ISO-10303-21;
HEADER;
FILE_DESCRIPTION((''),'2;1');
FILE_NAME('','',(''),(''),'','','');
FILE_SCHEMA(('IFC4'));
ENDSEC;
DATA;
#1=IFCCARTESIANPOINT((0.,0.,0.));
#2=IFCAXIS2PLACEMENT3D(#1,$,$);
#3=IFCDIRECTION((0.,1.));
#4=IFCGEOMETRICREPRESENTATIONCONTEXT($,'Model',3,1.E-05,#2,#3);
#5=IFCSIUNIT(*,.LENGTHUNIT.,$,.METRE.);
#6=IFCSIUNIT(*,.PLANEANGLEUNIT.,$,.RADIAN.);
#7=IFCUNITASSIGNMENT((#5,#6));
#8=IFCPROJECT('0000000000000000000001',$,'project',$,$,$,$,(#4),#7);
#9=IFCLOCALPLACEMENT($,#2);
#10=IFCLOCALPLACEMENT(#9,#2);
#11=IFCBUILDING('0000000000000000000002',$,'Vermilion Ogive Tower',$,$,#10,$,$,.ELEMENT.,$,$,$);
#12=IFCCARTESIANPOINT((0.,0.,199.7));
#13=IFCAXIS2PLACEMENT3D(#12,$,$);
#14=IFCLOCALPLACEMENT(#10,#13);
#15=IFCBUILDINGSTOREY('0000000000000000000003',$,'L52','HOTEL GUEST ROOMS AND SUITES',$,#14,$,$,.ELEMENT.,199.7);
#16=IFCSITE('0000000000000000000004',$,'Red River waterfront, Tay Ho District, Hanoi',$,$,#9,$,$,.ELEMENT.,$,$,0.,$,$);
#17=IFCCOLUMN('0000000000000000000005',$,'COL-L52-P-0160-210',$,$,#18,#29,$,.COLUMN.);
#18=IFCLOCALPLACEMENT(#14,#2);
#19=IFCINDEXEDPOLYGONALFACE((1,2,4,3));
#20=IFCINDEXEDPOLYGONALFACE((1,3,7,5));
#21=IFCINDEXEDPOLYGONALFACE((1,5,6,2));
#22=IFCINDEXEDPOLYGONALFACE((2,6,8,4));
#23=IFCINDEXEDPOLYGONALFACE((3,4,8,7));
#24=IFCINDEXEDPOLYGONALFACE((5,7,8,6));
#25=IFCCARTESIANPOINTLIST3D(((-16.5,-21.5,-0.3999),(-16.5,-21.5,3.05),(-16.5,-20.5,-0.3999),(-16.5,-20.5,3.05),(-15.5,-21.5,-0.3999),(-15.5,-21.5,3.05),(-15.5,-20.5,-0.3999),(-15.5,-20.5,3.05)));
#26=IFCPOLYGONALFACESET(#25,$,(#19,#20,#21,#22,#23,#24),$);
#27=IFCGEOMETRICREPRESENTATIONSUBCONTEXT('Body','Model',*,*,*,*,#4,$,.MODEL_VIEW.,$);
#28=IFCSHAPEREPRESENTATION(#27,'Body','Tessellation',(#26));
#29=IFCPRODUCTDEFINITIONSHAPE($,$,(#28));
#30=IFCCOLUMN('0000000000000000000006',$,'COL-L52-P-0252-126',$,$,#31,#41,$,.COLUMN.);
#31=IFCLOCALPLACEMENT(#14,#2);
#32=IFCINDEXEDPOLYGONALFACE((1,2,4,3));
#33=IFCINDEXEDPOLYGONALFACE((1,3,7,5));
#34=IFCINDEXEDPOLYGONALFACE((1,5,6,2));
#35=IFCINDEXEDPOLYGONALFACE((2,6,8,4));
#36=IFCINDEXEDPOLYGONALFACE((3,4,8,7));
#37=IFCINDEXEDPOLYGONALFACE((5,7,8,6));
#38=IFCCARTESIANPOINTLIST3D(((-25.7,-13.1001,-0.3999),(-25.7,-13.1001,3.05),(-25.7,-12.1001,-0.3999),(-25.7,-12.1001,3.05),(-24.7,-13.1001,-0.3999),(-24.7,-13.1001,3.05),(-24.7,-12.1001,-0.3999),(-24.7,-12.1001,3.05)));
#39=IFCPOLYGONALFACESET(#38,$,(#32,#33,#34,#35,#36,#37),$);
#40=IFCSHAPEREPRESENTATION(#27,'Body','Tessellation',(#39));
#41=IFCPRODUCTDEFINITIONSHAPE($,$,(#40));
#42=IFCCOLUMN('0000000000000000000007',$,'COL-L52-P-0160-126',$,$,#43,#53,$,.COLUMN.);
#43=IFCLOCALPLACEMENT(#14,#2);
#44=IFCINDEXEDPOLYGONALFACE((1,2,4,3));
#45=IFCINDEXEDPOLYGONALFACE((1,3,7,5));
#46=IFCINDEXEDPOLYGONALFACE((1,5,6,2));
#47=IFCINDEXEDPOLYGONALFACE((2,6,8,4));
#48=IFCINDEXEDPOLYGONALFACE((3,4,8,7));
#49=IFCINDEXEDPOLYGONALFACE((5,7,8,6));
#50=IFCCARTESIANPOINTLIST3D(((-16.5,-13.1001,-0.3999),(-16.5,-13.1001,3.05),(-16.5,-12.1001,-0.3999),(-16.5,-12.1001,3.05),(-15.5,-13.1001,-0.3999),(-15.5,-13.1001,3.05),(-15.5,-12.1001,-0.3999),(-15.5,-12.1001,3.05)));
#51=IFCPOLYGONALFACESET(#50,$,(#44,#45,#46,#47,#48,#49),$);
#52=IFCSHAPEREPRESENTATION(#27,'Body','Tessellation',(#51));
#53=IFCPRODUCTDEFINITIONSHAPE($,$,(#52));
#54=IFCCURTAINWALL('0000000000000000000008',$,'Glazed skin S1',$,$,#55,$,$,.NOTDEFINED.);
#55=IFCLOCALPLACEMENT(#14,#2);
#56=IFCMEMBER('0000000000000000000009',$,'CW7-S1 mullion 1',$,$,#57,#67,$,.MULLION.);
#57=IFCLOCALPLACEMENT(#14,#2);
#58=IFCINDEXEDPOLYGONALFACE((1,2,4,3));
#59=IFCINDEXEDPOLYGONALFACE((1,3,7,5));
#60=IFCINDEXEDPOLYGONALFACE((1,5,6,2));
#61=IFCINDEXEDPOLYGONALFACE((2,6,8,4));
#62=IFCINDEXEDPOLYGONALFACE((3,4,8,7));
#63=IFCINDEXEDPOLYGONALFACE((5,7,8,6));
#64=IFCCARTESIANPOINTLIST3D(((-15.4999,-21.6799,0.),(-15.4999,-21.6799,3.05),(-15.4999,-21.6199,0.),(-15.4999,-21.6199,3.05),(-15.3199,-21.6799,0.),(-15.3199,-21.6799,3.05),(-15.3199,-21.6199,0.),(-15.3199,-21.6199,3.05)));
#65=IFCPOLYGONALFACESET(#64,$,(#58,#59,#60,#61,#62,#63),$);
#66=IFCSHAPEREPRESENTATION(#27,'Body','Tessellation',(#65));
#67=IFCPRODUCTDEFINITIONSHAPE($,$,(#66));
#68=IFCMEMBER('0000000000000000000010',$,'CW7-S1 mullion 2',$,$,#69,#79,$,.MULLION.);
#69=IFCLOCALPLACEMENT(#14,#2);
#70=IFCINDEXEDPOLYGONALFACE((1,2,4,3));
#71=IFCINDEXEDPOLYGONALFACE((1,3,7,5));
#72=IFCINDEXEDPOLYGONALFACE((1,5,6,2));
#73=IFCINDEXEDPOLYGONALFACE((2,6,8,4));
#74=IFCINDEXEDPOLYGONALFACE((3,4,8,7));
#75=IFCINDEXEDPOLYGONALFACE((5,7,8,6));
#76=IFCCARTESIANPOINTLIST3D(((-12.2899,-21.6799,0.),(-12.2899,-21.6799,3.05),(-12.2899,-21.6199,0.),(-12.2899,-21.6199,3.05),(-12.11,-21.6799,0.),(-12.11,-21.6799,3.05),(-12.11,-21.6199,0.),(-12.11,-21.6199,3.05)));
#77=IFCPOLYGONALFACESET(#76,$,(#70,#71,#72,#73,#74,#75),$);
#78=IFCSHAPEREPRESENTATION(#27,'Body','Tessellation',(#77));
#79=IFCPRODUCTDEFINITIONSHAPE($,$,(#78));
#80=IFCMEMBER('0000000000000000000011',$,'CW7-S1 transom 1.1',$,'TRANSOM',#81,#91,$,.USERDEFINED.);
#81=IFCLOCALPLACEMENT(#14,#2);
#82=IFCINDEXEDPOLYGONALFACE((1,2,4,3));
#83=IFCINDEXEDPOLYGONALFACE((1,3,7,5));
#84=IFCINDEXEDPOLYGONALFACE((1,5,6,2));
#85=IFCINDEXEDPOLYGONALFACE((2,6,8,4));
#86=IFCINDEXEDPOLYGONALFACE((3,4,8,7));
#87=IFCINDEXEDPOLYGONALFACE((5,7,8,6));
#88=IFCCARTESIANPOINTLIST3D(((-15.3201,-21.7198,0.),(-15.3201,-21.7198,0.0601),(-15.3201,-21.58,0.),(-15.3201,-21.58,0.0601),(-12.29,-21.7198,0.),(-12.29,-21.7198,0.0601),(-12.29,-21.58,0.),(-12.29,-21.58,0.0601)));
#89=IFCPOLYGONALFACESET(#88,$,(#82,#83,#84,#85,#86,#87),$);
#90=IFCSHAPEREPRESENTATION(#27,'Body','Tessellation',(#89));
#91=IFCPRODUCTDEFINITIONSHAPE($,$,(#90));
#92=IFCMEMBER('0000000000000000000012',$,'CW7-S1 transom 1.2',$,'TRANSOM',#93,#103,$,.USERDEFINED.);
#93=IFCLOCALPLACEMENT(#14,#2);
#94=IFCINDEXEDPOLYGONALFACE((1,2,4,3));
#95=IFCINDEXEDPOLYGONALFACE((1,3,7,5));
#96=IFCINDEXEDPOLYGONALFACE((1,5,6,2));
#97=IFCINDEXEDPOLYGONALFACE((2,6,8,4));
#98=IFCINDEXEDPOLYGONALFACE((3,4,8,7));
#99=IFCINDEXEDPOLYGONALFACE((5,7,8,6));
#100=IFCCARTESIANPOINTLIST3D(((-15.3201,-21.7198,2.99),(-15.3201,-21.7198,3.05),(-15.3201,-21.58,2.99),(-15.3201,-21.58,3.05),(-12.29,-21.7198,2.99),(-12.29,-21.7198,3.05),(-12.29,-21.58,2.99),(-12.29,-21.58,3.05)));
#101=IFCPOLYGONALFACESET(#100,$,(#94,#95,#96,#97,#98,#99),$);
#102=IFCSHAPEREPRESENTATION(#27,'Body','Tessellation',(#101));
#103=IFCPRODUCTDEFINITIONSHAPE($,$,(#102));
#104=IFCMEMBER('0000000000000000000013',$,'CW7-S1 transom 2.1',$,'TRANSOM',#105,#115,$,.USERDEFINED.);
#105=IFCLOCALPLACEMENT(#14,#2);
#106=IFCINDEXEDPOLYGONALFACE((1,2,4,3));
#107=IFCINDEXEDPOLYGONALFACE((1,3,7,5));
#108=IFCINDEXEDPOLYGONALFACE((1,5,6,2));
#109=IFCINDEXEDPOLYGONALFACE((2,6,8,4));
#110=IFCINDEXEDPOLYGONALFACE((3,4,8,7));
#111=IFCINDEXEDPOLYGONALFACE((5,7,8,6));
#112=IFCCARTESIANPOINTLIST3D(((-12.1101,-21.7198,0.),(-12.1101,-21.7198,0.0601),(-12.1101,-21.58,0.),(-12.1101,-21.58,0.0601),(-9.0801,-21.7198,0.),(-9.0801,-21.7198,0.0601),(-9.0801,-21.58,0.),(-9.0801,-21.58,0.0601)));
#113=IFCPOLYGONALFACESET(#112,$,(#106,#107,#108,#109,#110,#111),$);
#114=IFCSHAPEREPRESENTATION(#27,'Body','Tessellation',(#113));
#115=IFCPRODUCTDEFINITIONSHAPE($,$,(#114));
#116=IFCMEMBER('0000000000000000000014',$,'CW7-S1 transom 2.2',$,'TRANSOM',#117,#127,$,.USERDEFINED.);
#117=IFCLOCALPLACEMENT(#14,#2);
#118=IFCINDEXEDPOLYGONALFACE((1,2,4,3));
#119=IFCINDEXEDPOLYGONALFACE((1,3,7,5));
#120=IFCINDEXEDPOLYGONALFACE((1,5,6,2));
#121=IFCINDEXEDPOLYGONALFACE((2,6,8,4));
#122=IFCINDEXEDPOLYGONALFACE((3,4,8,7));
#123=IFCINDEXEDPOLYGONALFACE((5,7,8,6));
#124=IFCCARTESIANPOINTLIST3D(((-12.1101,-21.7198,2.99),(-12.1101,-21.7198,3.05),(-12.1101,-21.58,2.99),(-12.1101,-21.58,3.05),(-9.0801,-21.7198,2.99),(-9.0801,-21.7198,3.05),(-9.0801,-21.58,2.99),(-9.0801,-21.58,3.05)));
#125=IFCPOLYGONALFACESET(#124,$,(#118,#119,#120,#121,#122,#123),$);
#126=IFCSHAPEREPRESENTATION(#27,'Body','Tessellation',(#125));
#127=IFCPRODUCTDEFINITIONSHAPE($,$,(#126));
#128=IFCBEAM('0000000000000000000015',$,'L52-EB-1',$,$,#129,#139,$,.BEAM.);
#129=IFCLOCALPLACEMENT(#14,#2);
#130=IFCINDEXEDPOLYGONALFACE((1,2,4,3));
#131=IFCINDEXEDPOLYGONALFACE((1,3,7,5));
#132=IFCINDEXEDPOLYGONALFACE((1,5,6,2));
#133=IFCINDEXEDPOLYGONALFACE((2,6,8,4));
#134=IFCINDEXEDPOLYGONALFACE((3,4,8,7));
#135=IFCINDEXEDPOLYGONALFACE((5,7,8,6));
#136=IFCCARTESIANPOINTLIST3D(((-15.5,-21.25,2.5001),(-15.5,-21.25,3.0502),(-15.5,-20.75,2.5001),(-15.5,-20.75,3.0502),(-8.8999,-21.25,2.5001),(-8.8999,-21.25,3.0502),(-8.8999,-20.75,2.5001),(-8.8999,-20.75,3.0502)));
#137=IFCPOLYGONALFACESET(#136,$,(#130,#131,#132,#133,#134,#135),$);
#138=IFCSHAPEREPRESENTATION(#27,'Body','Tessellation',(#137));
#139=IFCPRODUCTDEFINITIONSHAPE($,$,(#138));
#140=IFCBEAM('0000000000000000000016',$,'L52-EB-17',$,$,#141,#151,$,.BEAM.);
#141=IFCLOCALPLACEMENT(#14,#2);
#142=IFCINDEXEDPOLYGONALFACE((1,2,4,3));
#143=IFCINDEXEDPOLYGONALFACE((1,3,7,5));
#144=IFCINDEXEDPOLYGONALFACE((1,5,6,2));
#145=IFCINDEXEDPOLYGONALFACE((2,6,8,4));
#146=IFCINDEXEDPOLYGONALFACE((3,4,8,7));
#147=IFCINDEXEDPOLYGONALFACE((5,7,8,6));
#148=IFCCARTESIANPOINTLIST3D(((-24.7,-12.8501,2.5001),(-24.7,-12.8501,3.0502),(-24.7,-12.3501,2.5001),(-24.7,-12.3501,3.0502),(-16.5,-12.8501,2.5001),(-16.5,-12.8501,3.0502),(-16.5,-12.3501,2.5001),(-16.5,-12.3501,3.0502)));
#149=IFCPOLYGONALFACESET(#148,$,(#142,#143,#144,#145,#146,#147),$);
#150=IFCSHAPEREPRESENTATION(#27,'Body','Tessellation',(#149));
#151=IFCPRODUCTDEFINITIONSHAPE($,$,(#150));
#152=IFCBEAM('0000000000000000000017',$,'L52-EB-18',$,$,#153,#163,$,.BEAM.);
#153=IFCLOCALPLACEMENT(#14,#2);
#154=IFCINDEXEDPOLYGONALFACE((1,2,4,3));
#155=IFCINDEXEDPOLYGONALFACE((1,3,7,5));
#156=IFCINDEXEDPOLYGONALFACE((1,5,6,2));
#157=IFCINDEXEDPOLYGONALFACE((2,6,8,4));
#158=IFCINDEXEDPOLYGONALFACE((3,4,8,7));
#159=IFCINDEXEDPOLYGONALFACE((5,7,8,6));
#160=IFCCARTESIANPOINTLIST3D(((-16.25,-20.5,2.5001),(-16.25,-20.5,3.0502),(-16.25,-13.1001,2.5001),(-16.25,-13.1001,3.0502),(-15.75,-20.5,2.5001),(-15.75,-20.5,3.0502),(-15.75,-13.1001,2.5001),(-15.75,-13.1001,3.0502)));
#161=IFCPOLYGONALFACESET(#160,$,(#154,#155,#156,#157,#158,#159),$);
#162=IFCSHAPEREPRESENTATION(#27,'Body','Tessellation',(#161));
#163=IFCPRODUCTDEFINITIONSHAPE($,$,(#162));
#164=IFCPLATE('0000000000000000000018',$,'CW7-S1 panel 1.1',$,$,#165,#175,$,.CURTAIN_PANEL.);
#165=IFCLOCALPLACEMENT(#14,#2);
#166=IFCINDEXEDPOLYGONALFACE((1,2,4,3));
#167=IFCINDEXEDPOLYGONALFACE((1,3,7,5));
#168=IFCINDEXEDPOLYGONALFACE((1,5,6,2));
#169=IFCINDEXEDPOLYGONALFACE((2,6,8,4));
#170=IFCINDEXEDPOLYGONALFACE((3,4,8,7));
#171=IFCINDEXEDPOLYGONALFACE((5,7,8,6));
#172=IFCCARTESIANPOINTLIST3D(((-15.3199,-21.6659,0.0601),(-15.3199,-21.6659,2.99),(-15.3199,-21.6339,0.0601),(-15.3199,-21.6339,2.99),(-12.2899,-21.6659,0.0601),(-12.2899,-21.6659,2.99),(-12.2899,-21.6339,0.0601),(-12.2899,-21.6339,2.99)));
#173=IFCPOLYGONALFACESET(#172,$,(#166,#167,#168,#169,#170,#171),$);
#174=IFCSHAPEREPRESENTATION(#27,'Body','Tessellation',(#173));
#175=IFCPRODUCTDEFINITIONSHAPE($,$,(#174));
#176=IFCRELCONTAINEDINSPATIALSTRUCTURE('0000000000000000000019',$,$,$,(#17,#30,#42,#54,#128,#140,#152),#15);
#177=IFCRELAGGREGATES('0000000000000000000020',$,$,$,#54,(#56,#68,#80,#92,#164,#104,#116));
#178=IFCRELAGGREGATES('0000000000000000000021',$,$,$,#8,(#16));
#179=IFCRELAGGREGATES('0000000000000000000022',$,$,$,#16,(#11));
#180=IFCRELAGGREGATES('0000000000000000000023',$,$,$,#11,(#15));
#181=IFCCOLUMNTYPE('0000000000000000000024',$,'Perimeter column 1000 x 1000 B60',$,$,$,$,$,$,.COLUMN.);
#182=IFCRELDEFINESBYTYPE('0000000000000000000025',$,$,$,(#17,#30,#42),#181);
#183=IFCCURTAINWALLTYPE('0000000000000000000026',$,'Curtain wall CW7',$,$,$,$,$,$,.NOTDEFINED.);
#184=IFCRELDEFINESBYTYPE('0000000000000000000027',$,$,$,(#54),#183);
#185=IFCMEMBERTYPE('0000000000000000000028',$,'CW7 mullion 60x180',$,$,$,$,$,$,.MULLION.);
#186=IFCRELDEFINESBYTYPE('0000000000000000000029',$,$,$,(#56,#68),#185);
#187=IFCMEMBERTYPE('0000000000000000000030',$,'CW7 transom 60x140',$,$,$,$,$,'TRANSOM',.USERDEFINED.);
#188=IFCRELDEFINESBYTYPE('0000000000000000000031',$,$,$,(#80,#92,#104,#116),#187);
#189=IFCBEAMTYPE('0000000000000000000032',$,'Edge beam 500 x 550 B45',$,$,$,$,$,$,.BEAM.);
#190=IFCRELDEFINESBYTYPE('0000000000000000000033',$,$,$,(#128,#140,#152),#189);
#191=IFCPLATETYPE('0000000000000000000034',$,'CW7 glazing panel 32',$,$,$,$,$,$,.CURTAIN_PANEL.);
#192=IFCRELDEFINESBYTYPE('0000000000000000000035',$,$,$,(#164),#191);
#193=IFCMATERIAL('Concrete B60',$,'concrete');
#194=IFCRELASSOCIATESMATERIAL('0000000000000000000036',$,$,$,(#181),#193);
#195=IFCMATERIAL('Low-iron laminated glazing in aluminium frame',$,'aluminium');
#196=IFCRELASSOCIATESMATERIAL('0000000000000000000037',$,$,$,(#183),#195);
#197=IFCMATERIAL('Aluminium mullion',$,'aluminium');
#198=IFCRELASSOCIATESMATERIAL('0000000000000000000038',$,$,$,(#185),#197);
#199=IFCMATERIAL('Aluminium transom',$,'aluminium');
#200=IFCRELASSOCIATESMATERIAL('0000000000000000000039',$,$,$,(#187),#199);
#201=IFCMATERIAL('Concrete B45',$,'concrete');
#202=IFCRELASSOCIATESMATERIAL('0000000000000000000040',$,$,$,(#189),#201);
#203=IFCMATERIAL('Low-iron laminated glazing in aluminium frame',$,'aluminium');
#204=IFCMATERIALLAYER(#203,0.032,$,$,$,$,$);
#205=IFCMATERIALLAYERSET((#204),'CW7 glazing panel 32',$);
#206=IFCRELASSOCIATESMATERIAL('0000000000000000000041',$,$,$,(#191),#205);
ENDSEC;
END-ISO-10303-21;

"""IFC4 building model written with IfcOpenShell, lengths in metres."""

from ifc_helpers import new_model, si_unit, direction, frame, origin, origin_2d, place, context, subcontext, project, spatial, rectangle, extrude, material, layer, layer_set, material_profile, profile_set, type_object, element, aggregate, save


model = new_model("IFC4")

# Units and contexts
model_context = context("Model", 3, precision=1e-05, world=origin(), true_north=direction((0.0, 1.0)))
body_context = subcontext(model_context, "Body", "Model", "MODEL_VIEW")
ifc_project = project(units=[si_unit("LENGTHUNIT", "METRE"), si_unit("PLANEANGLEUNIT", "RADIAN")], contexts=[model_context])

# Site, building, storey
site_placement = place(None, origin())
site = spatial("IfcSite", under=ifc_project, at=site_placement, Name="Red River waterfront, Tay Ho District, Hanoi", CompositionType="ELEMENT", RefElevation=0.0)
building_placement = place(site_placement, origin())
building = spatial("IfcBuilding", under=site, at=building_placement, Name="Vermilion Ogive Tower", CompositionType="ELEMENT")
storey_placement = place(building_placement, frame((0.0, 0.0, 199.7)))
storey = spatial("IfcBuildingStorey", under=building, at=storey_placement, Name="L52", Description="HOTEL GUEST ROOMS AND SUITES", CompositionType="ELEMENT", Elevation=199.7)

# Columns
ifc_material_1 = material(Name="Concrete B60", Category="concrete")
ifc_material_profile_1 = material_profile(ifc_material_1, rectangle(XDim=1.0, YDim=1.0, at=origin_2d()), Name="1000 x 1000")
ifc_profile_set_1 = profile_set([ifc_material_profile_1], Name="Concrete B60")
column_type = type_object("IfcColumnType", Name="Perimeter column 1000 x 1000 B60", PredefinedType="COLUMN", material=ifc_profile_set_1)
for number, where, z_axis, x_axis, name in (
    (1, (-16.0, -21.0, -0.3999), (0.0, 0.0, 1.0), (1.0, 0.0, 0.0), "COL-L52-P-0160-210"),
    (2, (-25.2, -12.6001, -0.3999), (0.0, 0.0, 1.0), (1.0, 0.0, 0.0), "COL-L52-P-0252-126"),
    (3, (-16.0, -12.6001, -0.3999), (0.0, 0.0, 1.0), (1.0, 0.0, 0.0), "COL-L52-P-0160-126"),
):
    element("IfcColumn", number, at=place(storey_placement, frame(where, z_axis=z_axis, x_axis=x_axis)), inside=storey, type_object=column_type, Name=name, PredefinedType="COLUMN", context=body_context, shape_type="SweptSolid", body=[
        extrude(rectangle(XDim=1.0, YDim=1.0, at=origin_2d()), origin(), (0.0, 0.0, 1.0), 3.45),
    ])

# Curtain wall, members
ifc_material_2 = material(Name="Low-iron laminated glazing in aluminium frame", Category="aluminium")
curtain_wall_type = type_object("IfcCurtainWallType", Name="Curtain wall CW7", PredefinedType="NOTDEFINED", material=ifc_material_2)
curtain_wall_placement = place(storey_placement, origin())
curtain_wall = element("IfcCurtainWall", 4, at=curtain_wall_placement, inside=storey, type_object=curtain_wall_type, Name="Glazed skin S1", PredefinedType="NOTDEFINED")
ifc_material_3 = material(Name="Aluminium mullion", Category="aluminium")
ifc_material_profile_2 = material_profile(ifc_material_3, rectangle(XDim=0.0601, YDim=0.1799, at=origin_2d()), Name="AL 60x180")
ifc_profile_set_2 = profile_set([ifc_material_profile_2], Name="Aluminium mullion")
member_type_1 = type_object("IfcMemberType", Name="CW7 mullion 60x180", PredefinedType="MULLION", material=ifc_profile_set_2)
member_1_placement = place(storey_placement, frame((-15.4099, -21.6499, 0.0), z_axis=(0.0, 0.0, 1.0), x_axis=(0.0, 1.0, 0.0)))
member_1 = element("IfcMember", 5, at=member_1_placement, type_object=member_type_1, Name="CW7-S1 mullion 1", PredefinedType="MULLION", context=body_context, shape_type="SweptSolid", body=[
    extrude(rectangle(XDim=0.0601, YDim=0.1799, at=origin_2d()), origin(), (0.0, 0.0, 1.0), 3.05),
])
member_2_placement = place(storey_placement, frame((-12.2, -21.6499, 0.0), z_axis=(0.0, 0.0, 1.0), x_axis=(0.0, 1.0, 0.0)))
member_2 = element("IfcMember", 6, at=member_2_placement, type_object=member_type_1, Name="CW7-S1 mullion 2", PredefinedType="MULLION", context=body_context, shape_type="SweptSolid", body=[
    extrude(rectangle(XDim=0.0601, YDim=0.1799, at=origin_2d()), origin(), (0.0, 0.0, 1.0), 3.05),
])
ifc_material_4 = material(Name="Aluminium transom", Category="aluminium")
ifc_material_profile_3 = material_profile(ifc_material_4, rectangle(XDim=0.1399, YDim=0.0601, at=origin_2d()), Name="AL 60x140")
ifc_profile_set_3 = profile_set([ifc_material_profile_3], Name="Aluminium transom")
member_type_2 = type_object("IfcMemberType", Name="CW7 transom 60x140", ElementType="TRANSOM", PredefinedType="USERDEFINED", material=ifc_profile_set_3)
member_3_placement = place(storey_placement, frame((-15.3201, -21.6499, 0.03), z_axis=(1.0, 0.0, 0.0), x_axis=(0.0, 1.0, 0.0)))
member_3 = element("IfcMember", 7, at=member_3_placement, type_object=member_type_2, Name="CW7-S1 transom 1.1", ObjectType="TRANSOM", PredefinedType="USERDEFINED", context=body_context, shape_type="SweptSolid", body=[
    extrude(rectangle(XDim=0.1399, YDim=0.0601, at=origin_2d()), origin(), (0.0, 0.0, 1.0), 3.03),
])
member_4_placement = place(storey_placement, frame((-15.3201, -21.6499, 3.02), z_axis=(1.0, 0.0, 0.0), x_axis=(0.0, 1.0, 0.0)))
member_4 = element("IfcMember", 8, at=member_4_placement, type_object=member_type_2, Name="CW7-S1 transom 1.2", ObjectType="TRANSOM", PredefinedType="USERDEFINED", context=body_context, shape_type="SweptSolid", body=[
    extrude(rectangle(XDim=0.1399, YDim=0.0601, at=origin_2d()), origin(), (0.0, 0.0, 1.0), 3.03),
])
member_5_placement = place(storey_placement, frame((-12.1101, -21.6499, 0.03), z_axis=(1.0, 0.0, 0.0), x_axis=(0.0, 1.0, 0.0)))
member_5 = element("IfcMember", 9, at=member_5_placement, type_object=member_type_2, Name="CW7-S1 transom 2.1", ObjectType="TRANSOM", PredefinedType="USERDEFINED", context=body_context, shape_type="SweptSolid", body=[
    extrude(rectangle(XDim=0.1399, YDim=0.0601, at=origin_2d()), origin(), (0.0, 0.0, 1.0), 3.03),
])
member_6_placement = place(storey_placement, frame((-12.1101, -21.6499, 3.02), z_axis=(1.0, 0.0, 0.0), x_axis=(0.0, 1.0, 0.0)))
member_6 = element("IfcMember", 10, at=member_6_placement, type_object=member_type_2, Name="CW7-S1 transom 2.2", ObjectType="TRANSOM", PredefinedType="USERDEFINED", context=body_context, shape_type="SweptSolid", body=[
    extrude(rectangle(XDim=0.1399, YDim=0.0601, at=origin_2d()), origin(), (0.0, 0.0, 1.0), 3.03),
])

# Beams
ifc_material_5 = material(Name="Concrete B45", Category="concrete")
ifc_material_profile_4 = material_profile(ifc_material_5, rectangle(XDim=0.5, YDim=0.55, at=origin_2d()), Name="500 x 550")
ifc_profile_set_4 = profile_set([ifc_material_profile_4], Name="Concrete B45")
beam_type = type_object("IfcBeamType", Name="Edge beam 500 x 550 B45", PredefinedType="BEAM", material=ifc_profile_set_4)
beam_1_placement = place(storey_placement, frame((-15.5, -21.0, 2.7751), z_axis=(1.0, 0.0, 0.0), x_axis=(0.0, 1.0, 0.0)))
element("IfcBeam", 11, at=beam_1_placement, inside=storey, type_object=beam_type, Name="L52-EB-1", PredefinedType="BEAM", context=body_context, shape_type="SweptSolid", body=[
    extrude(rectangle(XDim=0.5, YDim=0.55, at=origin_2d()), origin(), (0.0, 0.0, 1.0), 6.6001),
])
beam_2_placement = place(storey_placement, frame((-24.7, -12.6001, 2.7751), z_axis=(1.0, 0.0, 0.0), x_axis=(0.0, 1.0, 0.0)))
element("IfcBeam", 12, at=beam_2_placement, inside=storey, type_object=beam_type, Name="L52-EB-17", PredefinedType="BEAM", context=body_context, shape_type="SweptSolid", body=[
    extrude(rectangle(XDim=0.5, YDim=0.55, at=origin_2d()), origin(), (0.0, 0.0, 1.0), 8.2),
])
beam_3_placement = place(storey_placement, frame((-16.0, -13.1001, 2.7751), z_axis=(0.0, -1.0, 0.0), x_axis=(1.0, 0.0, 0.0)))
element("IfcBeam", 13, at=beam_3_placement, inside=storey, type_object=beam_type, Name="L52-EB-18", PredefinedType="BEAM", context=body_context, shape_type="SweptSolid", body=[
    extrude(rectangle(XDim=0.5, YDim=0.55, at=origin_2d()), origin(), (0.0, 0.0, 1.0), 7.3999),
])

# Plate
ifc_material_6 = material(Name="Low-iron laminated glazing in aluminium frame", Category="aluminium")
ifc_layer_1 = layer(ifc_material_6, 0.032)
ifc_layer_set_1 = layer_set([ifc_layer_1], Name="CW7 glazing panel 32")
plate_type = type_object("IfcPlateType", Name="CW7 glazing panel 32", PredefinedType="CURTAIN_PANEL", material=ifc_layer_set_1)
plate_placement = place(storey_placement, frame((-13.8049, -21.6499, 0.0601), z_axis=(0.0, 0.0, 1.0), x_axis=(1.0, 0.0, 0.0)))
plate = element("IfcPlate", 14, at=plate_placement, type_object=plate_type, Name="CW7-S1 panel 1.1", PredefinedType="CURTAIN_PANEL", context=body_context, shape_type="SweptSolid", body=[
    extrude(rectangle(XDim=3.03, YDim=0.032, at=origin_2d()), origin(), (0.0, 0.0, 1.0), 2.9299),
])
aggregate(curtain_wall, [member_1, member_2, member_3, member_4, plate, member_5, member_6])

save(model, "model.ifc")
